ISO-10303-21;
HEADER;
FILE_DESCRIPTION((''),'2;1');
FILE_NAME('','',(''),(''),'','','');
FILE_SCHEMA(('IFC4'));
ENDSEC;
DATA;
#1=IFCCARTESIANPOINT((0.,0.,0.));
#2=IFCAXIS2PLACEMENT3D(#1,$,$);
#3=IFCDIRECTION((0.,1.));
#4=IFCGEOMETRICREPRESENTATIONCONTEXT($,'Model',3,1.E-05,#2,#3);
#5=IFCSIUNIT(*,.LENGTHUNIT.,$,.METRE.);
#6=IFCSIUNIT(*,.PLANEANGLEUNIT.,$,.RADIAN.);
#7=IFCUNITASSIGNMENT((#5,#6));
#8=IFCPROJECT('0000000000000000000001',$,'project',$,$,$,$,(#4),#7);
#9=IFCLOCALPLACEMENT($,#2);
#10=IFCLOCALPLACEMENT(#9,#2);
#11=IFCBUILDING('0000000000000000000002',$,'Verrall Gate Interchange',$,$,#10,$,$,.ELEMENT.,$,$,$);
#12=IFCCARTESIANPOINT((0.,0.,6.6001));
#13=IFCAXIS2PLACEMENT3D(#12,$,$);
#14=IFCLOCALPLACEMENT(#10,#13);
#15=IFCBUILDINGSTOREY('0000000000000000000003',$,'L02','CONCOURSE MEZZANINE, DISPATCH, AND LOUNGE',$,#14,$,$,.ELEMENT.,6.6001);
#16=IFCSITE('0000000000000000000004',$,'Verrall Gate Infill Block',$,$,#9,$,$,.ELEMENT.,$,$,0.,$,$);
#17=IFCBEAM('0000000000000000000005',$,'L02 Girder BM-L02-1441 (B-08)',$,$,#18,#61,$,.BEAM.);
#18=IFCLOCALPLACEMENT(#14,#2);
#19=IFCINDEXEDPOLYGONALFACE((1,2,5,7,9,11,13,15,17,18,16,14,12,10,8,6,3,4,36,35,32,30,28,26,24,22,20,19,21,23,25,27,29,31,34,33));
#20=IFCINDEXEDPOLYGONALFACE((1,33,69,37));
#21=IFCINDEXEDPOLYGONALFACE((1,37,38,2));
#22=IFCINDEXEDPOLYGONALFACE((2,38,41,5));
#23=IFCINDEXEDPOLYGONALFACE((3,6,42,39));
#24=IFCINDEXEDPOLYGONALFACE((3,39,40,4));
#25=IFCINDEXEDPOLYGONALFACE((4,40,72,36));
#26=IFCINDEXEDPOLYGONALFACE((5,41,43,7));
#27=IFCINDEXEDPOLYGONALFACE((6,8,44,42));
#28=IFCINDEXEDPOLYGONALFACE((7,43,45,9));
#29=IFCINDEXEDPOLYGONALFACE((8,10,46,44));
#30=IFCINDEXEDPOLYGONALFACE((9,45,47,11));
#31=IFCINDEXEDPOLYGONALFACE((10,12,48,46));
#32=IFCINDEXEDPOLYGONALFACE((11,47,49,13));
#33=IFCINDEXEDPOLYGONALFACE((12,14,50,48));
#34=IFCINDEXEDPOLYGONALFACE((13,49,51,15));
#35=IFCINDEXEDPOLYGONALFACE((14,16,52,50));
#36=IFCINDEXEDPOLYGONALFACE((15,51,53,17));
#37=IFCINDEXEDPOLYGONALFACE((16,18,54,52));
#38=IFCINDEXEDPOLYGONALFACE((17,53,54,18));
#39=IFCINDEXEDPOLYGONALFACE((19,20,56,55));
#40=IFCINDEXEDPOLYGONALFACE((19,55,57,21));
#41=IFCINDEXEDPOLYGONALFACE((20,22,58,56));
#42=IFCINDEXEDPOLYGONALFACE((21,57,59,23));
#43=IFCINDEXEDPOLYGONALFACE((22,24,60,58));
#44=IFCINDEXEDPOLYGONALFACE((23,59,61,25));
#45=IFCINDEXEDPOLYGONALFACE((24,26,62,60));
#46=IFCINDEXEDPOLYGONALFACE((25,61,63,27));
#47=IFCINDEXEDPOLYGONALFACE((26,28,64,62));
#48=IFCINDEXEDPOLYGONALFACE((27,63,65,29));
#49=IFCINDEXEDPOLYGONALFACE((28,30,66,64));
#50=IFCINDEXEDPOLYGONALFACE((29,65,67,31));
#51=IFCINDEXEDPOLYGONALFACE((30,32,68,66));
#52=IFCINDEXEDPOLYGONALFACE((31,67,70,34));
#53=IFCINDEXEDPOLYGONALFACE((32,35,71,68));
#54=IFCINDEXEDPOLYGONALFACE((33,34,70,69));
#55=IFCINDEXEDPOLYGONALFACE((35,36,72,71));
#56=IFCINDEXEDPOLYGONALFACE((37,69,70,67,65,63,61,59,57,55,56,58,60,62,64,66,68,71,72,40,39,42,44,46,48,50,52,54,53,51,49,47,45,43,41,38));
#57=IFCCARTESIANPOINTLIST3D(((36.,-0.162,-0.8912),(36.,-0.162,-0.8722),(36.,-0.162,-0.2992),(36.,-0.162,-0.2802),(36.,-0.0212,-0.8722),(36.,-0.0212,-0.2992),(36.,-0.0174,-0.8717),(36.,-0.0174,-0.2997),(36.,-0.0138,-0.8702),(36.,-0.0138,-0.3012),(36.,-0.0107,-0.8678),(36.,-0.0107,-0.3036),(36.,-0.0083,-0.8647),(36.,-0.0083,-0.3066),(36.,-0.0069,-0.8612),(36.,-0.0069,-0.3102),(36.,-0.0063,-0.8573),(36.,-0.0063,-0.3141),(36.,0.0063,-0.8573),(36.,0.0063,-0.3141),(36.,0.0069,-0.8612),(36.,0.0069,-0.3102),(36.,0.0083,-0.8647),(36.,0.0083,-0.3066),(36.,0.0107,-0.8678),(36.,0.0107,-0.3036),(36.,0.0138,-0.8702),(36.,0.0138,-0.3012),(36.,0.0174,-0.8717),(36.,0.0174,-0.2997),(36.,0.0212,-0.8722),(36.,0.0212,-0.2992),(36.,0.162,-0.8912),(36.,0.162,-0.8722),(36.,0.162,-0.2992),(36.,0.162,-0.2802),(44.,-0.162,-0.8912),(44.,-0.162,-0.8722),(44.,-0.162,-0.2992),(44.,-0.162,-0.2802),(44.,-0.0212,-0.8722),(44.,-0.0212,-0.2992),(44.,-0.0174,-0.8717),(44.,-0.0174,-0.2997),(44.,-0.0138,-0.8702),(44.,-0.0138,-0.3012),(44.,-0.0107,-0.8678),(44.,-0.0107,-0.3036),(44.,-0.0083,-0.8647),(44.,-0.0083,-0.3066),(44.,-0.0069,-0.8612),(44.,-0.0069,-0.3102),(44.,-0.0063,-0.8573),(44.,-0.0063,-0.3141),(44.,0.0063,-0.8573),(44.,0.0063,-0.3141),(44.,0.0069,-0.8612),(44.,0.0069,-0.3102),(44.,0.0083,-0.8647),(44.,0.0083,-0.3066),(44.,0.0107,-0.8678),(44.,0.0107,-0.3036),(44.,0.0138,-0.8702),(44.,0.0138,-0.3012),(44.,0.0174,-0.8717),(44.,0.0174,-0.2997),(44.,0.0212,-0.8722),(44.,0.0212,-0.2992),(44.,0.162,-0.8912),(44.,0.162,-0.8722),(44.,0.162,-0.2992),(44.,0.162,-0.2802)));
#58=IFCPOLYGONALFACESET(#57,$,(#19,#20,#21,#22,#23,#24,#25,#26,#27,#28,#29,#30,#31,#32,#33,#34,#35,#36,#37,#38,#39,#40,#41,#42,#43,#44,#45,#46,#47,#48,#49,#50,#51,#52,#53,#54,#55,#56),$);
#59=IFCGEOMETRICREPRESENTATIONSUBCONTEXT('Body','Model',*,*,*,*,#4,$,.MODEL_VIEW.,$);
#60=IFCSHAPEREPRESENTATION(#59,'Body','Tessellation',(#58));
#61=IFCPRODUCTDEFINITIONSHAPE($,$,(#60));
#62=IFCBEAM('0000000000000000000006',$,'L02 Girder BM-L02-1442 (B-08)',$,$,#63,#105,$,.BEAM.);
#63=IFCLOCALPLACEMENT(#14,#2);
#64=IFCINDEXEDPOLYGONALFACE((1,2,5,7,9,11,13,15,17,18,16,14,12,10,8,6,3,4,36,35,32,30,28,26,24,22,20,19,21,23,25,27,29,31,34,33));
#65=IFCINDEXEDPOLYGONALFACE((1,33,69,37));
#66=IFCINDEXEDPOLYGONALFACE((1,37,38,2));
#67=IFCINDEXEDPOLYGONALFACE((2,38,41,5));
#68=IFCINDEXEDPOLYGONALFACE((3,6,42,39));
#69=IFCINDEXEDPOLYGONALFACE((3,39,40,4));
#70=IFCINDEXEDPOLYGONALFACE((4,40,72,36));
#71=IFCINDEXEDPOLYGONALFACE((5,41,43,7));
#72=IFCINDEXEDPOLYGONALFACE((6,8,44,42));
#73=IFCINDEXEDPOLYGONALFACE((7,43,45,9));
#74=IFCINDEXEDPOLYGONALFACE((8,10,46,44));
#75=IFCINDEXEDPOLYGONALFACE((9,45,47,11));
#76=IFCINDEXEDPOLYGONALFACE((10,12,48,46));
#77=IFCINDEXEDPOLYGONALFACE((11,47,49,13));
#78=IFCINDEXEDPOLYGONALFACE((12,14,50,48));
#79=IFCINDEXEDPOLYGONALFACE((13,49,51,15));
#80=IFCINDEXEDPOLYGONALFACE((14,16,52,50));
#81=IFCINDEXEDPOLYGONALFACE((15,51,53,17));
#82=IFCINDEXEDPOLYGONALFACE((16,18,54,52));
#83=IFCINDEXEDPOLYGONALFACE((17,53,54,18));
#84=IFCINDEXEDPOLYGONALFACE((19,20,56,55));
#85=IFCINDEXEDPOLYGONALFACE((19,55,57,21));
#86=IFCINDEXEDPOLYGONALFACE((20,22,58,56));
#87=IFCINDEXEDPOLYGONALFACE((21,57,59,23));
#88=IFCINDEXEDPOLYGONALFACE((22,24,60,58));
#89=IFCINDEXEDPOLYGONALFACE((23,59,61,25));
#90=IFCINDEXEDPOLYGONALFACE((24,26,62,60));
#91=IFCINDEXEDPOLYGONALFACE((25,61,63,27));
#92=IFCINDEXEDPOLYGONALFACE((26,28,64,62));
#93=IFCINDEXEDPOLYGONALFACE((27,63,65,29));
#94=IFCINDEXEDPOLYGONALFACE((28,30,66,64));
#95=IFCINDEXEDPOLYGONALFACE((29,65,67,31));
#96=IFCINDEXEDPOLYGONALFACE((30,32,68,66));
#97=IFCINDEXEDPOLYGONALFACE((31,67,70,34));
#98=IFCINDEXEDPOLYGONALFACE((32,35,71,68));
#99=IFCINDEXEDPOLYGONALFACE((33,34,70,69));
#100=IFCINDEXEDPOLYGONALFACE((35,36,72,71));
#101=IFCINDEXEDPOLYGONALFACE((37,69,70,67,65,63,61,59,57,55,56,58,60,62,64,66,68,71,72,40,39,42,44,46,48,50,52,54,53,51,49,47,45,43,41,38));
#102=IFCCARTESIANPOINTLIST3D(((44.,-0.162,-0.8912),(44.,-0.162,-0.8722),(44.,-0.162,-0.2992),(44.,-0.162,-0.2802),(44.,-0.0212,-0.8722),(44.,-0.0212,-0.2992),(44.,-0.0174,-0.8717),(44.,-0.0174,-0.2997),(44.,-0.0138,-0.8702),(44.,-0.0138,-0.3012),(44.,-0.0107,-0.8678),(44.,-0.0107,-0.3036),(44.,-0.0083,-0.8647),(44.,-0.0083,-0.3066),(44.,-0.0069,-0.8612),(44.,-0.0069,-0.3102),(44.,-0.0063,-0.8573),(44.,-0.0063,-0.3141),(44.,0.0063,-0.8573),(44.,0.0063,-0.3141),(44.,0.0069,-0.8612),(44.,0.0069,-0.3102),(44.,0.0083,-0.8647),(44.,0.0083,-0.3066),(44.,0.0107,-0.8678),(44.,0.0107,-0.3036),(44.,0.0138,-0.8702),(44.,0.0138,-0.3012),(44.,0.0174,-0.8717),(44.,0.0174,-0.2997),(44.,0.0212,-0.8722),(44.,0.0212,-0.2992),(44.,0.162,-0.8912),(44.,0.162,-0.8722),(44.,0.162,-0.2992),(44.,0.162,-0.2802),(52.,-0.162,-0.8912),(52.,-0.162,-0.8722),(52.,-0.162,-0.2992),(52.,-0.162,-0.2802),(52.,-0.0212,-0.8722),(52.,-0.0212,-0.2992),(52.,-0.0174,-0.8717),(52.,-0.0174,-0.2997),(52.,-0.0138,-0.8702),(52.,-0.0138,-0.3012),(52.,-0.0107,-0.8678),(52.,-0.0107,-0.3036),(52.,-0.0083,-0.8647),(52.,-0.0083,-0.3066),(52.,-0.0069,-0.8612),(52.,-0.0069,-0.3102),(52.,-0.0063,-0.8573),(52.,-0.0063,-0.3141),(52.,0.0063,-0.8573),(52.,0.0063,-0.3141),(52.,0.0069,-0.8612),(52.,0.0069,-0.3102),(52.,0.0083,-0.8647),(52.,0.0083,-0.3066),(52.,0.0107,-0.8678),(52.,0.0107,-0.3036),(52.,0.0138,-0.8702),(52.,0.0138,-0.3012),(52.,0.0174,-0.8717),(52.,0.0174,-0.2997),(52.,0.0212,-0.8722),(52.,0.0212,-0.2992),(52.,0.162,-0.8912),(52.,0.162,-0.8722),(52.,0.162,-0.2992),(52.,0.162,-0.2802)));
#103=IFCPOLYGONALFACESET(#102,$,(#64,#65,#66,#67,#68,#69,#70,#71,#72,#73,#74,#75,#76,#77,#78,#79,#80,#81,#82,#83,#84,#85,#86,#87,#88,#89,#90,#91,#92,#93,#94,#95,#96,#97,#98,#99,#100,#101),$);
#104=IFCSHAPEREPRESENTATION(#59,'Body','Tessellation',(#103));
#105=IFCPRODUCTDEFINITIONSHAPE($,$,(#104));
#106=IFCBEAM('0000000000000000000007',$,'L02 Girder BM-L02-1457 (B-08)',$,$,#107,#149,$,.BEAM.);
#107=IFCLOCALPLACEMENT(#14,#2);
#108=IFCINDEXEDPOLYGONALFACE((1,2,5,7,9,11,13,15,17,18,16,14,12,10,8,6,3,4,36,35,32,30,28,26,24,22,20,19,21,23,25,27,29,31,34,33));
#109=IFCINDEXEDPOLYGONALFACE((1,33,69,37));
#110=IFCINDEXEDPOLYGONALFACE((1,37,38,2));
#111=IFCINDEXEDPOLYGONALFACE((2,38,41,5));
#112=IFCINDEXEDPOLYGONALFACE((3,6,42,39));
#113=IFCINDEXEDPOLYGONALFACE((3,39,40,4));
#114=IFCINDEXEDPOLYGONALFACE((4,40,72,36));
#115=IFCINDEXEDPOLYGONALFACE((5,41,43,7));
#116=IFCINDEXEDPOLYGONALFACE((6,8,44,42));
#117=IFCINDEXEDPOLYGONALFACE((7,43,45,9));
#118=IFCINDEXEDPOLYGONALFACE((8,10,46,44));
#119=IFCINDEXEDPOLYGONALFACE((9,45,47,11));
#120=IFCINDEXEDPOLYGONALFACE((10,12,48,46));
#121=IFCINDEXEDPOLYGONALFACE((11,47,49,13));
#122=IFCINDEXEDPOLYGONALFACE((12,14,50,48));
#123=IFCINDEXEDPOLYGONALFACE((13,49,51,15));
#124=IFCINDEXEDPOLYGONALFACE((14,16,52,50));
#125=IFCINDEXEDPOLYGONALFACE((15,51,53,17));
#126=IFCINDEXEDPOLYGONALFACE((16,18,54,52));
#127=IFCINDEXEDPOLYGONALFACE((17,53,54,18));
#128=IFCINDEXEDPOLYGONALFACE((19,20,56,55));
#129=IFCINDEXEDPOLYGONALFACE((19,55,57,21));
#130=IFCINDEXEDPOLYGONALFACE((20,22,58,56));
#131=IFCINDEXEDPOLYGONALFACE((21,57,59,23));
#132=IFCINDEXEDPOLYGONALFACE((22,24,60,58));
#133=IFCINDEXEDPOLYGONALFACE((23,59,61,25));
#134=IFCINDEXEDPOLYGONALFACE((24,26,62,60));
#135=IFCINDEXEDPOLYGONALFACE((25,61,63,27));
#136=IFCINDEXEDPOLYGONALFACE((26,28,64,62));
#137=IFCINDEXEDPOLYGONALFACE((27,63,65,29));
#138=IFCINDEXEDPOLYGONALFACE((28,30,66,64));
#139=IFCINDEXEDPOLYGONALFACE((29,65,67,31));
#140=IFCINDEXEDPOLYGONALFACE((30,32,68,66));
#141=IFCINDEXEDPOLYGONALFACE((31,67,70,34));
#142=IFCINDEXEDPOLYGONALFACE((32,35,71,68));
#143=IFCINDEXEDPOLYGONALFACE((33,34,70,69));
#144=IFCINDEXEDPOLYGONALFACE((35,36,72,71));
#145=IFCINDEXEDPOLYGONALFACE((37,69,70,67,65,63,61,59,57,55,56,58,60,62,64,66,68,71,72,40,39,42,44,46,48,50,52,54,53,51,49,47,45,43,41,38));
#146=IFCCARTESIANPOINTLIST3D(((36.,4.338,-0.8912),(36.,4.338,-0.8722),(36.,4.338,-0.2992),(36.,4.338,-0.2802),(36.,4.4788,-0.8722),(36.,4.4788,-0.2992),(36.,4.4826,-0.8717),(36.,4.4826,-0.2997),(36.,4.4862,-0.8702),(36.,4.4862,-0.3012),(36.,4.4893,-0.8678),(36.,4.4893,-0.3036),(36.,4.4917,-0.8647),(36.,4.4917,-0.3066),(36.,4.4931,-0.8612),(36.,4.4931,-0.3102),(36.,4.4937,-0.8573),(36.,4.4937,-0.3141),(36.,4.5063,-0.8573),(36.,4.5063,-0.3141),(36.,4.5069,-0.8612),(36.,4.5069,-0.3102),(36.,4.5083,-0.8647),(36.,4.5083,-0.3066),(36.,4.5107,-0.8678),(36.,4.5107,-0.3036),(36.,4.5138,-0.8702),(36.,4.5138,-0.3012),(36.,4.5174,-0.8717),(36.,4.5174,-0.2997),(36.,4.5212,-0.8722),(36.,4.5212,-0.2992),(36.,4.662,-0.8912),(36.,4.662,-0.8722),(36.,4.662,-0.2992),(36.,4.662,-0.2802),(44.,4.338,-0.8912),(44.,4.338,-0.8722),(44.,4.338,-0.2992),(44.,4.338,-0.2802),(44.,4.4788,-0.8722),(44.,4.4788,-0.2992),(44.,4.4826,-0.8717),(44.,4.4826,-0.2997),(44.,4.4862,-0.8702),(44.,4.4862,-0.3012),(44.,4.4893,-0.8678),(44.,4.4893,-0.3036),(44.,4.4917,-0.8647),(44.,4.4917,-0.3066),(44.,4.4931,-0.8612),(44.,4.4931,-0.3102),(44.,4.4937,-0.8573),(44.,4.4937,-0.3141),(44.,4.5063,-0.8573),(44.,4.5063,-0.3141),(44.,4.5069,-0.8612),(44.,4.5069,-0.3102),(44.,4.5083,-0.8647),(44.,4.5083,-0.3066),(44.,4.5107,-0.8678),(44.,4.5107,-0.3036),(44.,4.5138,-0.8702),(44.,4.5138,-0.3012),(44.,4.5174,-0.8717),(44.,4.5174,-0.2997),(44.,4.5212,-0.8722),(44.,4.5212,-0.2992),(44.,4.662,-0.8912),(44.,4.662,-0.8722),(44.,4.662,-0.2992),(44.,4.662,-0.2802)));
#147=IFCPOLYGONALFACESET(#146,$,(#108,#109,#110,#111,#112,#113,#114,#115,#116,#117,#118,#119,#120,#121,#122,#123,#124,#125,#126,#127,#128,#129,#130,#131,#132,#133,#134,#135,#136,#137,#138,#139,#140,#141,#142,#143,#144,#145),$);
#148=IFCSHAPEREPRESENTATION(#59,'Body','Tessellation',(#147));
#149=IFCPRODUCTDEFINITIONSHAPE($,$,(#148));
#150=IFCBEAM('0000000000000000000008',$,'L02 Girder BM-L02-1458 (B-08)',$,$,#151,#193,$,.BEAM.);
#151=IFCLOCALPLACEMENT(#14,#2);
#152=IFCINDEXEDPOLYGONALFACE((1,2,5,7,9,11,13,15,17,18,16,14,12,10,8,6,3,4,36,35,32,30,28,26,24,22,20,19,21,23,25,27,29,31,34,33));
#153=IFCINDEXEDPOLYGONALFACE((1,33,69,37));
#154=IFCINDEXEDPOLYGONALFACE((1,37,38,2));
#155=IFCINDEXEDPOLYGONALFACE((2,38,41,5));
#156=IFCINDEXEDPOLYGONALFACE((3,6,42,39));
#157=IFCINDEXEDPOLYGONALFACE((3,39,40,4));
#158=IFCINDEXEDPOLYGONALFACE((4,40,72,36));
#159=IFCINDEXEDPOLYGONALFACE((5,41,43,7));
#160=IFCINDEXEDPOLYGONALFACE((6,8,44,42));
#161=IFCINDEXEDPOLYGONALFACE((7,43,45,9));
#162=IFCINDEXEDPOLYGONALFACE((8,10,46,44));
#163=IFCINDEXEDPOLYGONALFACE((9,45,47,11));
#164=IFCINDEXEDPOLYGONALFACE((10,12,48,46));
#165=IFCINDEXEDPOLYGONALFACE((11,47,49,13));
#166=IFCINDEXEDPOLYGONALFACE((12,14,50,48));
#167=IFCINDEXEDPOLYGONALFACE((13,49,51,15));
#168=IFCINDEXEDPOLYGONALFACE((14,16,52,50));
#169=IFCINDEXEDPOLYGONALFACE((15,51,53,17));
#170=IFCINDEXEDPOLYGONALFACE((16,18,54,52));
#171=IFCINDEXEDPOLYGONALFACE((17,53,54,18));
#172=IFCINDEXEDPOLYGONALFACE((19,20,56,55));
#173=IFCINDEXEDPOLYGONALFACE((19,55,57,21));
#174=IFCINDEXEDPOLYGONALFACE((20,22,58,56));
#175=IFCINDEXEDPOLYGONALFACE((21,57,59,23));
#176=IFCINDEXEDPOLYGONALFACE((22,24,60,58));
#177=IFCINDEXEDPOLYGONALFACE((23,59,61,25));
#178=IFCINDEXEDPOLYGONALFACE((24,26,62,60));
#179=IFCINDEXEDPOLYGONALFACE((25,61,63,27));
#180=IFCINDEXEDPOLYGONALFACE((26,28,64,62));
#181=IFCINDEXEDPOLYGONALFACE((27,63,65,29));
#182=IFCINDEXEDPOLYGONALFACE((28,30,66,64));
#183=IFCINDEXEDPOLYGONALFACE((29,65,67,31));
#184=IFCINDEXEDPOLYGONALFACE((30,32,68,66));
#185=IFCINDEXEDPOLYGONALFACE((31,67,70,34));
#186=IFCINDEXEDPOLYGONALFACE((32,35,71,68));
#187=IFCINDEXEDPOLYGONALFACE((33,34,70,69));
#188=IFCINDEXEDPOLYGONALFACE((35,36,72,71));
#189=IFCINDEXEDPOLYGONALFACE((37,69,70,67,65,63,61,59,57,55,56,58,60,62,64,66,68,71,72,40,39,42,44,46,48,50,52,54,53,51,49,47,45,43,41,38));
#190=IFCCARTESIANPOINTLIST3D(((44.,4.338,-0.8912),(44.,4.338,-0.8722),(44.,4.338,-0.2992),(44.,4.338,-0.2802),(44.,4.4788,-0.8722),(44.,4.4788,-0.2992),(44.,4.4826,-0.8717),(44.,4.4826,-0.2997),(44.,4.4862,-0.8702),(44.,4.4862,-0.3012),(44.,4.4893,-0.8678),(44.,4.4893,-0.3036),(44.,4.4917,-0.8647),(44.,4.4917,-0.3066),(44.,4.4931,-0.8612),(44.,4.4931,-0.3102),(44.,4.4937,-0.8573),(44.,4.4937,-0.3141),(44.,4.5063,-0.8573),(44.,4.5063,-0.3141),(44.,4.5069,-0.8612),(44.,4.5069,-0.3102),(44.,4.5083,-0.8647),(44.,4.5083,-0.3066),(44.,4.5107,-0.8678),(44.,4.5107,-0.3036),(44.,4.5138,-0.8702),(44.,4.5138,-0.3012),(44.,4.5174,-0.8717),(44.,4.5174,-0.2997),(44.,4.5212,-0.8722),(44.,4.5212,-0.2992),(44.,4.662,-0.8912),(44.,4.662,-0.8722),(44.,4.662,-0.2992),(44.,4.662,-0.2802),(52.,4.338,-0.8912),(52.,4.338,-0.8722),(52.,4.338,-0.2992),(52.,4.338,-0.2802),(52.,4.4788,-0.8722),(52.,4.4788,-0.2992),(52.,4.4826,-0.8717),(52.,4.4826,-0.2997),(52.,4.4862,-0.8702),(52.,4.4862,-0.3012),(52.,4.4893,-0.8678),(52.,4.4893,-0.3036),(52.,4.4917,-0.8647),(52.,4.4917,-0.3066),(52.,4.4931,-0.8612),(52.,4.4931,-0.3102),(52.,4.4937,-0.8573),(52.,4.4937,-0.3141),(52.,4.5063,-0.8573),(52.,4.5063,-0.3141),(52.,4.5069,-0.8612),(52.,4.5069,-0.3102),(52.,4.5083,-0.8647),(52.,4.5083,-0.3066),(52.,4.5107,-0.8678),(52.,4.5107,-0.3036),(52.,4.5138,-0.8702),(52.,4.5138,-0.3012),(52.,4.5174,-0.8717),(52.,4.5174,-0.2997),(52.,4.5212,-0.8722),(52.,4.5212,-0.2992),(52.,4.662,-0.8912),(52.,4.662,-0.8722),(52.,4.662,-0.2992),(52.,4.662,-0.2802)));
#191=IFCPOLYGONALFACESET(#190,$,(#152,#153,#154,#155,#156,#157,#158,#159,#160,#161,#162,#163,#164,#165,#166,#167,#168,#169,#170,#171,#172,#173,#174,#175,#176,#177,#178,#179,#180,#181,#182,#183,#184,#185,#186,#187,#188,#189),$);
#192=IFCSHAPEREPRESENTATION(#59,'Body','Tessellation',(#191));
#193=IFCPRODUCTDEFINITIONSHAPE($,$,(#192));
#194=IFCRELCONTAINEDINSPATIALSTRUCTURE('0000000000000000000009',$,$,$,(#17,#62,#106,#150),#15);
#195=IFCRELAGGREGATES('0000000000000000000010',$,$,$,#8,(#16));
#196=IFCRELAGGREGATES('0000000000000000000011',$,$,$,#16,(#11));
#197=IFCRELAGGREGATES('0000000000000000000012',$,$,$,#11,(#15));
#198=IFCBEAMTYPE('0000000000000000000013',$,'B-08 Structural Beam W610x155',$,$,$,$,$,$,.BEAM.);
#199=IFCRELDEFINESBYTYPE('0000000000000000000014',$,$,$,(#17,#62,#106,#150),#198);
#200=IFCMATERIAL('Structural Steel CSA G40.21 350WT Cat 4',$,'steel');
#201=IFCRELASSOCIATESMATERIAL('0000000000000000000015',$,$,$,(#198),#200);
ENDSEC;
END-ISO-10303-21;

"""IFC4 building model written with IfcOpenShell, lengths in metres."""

from ifc_helpers import new_model, si_unit, direction, frame, origin, origin_2d, place, context, subcontext, project, spatial, i_section, extrude, material, material_profile, profile_set, type_object, element, save


model = new_model("IFC4")

# Units and contexts
model_context = context("Model", 3, precision=1e-05, world=origin(), true_north=direction((0.0, 1.0)))
body_context = subcontext(model_context, "Body", "Model", "MODEL_VIEW")
ifc_project = project(units=[si_unit("LENGTHUNIT", "METRE"), si_unit("PLANEANGLEUNIT", "RADIAN")], contexts=[model_context])

# Site, building, storey
site_placement = place(None, origin())
site = spatial("IfcSite", under=ifc_project, at=site_placement, Name="Verrall Gate Infill Block", CompositionType="ELEMENT", RefElevation=0.0)
building_placement = place(site_placement, origin())
building = spatial("IfcBuilding", under=site, at=building_placement, Name="Verrall Gate Interchange", CompositionType="ELEMENT")
storey_placement = place(building_placement, frame((0.0, 0.0, 6.6001)))
storey = spatial("IfcBuildingStorey", under=building, at=storey_placement, Name="L02", Description="CONCOURSE MEZZANINE, DISPATCH, AND LOUNGE", CompositionType="ELEMENT", Elevation=6.6001)

# Beams
ifc_material_1 = material(Name="Structural Steel CSA G40.21 350WT Cat 4", Category="steel")
ifc_material_profile_1 = material_profile(ifc_material_1, i_section(OverallWidth=0.324, OverallDepth=0.6111, WebThickness=0.0127, FlangeThickness=0.019, FilletRadius=0.0149, at=origin_2d()), Name="W610x155")
ifc_profile_set_1 = profile_set([ifc_material_profile_1], Name="Structural Steel CSA G40.21 350WT Cat 4")
beam_type_1 = type_object("IfcBeamType", Name="B-08 Structural Beam W610x155", PredefinedType="BEAM", material=ifc_profile_set_1)
for number, where, z_axis, x_axis, name in (
    (1, (36.0, 0.0, -0.5857), (1.0, 0.0, 0.0), (0.0, 1.0, 0.0), "L02 Girder BM-L02-1441 (B-08)"),
    (2, (44.0, 0.0, -0.5857), (1.0, 0.0, 0.0), (0.0, 1.0, 0.0), "L02 Girder BM-L02-1442 (B-08)"),
    (3, (36.0, 4.5, -0.5857), (1.0, 0.0, 0.0), (0.0, 1.0, 0.0), "L02 Girder BM-L02-1457 (B-08)"),
    (4, (44.0, 4.5, -0.5857), (1.0, 0.0, 0.0), (0.0, 1.0, 0.0), "L02 Girder BM-L02-1458 (B-08)"),
):
    element("IfcBeam", number, at=place(storey_placement, frame(where, z_axis=z_axis, x_axis=x_axis)), inside=storey, type_object=beam_type_1, Name=name, PredefinedType="BEAM", context=body_context, shape_type="SweptSolid", body=[
        extrude(i_section(OverallWidth=0.324, OverallDepth=0.6111, WebThickness=0.0127, FlangeThickness=0.019, FilletRadius=0.0149, at=origin_2d()), origin(), (0.0, 0.0, 1.0), 8.0),
    ])

save(model, "model.ifc")
